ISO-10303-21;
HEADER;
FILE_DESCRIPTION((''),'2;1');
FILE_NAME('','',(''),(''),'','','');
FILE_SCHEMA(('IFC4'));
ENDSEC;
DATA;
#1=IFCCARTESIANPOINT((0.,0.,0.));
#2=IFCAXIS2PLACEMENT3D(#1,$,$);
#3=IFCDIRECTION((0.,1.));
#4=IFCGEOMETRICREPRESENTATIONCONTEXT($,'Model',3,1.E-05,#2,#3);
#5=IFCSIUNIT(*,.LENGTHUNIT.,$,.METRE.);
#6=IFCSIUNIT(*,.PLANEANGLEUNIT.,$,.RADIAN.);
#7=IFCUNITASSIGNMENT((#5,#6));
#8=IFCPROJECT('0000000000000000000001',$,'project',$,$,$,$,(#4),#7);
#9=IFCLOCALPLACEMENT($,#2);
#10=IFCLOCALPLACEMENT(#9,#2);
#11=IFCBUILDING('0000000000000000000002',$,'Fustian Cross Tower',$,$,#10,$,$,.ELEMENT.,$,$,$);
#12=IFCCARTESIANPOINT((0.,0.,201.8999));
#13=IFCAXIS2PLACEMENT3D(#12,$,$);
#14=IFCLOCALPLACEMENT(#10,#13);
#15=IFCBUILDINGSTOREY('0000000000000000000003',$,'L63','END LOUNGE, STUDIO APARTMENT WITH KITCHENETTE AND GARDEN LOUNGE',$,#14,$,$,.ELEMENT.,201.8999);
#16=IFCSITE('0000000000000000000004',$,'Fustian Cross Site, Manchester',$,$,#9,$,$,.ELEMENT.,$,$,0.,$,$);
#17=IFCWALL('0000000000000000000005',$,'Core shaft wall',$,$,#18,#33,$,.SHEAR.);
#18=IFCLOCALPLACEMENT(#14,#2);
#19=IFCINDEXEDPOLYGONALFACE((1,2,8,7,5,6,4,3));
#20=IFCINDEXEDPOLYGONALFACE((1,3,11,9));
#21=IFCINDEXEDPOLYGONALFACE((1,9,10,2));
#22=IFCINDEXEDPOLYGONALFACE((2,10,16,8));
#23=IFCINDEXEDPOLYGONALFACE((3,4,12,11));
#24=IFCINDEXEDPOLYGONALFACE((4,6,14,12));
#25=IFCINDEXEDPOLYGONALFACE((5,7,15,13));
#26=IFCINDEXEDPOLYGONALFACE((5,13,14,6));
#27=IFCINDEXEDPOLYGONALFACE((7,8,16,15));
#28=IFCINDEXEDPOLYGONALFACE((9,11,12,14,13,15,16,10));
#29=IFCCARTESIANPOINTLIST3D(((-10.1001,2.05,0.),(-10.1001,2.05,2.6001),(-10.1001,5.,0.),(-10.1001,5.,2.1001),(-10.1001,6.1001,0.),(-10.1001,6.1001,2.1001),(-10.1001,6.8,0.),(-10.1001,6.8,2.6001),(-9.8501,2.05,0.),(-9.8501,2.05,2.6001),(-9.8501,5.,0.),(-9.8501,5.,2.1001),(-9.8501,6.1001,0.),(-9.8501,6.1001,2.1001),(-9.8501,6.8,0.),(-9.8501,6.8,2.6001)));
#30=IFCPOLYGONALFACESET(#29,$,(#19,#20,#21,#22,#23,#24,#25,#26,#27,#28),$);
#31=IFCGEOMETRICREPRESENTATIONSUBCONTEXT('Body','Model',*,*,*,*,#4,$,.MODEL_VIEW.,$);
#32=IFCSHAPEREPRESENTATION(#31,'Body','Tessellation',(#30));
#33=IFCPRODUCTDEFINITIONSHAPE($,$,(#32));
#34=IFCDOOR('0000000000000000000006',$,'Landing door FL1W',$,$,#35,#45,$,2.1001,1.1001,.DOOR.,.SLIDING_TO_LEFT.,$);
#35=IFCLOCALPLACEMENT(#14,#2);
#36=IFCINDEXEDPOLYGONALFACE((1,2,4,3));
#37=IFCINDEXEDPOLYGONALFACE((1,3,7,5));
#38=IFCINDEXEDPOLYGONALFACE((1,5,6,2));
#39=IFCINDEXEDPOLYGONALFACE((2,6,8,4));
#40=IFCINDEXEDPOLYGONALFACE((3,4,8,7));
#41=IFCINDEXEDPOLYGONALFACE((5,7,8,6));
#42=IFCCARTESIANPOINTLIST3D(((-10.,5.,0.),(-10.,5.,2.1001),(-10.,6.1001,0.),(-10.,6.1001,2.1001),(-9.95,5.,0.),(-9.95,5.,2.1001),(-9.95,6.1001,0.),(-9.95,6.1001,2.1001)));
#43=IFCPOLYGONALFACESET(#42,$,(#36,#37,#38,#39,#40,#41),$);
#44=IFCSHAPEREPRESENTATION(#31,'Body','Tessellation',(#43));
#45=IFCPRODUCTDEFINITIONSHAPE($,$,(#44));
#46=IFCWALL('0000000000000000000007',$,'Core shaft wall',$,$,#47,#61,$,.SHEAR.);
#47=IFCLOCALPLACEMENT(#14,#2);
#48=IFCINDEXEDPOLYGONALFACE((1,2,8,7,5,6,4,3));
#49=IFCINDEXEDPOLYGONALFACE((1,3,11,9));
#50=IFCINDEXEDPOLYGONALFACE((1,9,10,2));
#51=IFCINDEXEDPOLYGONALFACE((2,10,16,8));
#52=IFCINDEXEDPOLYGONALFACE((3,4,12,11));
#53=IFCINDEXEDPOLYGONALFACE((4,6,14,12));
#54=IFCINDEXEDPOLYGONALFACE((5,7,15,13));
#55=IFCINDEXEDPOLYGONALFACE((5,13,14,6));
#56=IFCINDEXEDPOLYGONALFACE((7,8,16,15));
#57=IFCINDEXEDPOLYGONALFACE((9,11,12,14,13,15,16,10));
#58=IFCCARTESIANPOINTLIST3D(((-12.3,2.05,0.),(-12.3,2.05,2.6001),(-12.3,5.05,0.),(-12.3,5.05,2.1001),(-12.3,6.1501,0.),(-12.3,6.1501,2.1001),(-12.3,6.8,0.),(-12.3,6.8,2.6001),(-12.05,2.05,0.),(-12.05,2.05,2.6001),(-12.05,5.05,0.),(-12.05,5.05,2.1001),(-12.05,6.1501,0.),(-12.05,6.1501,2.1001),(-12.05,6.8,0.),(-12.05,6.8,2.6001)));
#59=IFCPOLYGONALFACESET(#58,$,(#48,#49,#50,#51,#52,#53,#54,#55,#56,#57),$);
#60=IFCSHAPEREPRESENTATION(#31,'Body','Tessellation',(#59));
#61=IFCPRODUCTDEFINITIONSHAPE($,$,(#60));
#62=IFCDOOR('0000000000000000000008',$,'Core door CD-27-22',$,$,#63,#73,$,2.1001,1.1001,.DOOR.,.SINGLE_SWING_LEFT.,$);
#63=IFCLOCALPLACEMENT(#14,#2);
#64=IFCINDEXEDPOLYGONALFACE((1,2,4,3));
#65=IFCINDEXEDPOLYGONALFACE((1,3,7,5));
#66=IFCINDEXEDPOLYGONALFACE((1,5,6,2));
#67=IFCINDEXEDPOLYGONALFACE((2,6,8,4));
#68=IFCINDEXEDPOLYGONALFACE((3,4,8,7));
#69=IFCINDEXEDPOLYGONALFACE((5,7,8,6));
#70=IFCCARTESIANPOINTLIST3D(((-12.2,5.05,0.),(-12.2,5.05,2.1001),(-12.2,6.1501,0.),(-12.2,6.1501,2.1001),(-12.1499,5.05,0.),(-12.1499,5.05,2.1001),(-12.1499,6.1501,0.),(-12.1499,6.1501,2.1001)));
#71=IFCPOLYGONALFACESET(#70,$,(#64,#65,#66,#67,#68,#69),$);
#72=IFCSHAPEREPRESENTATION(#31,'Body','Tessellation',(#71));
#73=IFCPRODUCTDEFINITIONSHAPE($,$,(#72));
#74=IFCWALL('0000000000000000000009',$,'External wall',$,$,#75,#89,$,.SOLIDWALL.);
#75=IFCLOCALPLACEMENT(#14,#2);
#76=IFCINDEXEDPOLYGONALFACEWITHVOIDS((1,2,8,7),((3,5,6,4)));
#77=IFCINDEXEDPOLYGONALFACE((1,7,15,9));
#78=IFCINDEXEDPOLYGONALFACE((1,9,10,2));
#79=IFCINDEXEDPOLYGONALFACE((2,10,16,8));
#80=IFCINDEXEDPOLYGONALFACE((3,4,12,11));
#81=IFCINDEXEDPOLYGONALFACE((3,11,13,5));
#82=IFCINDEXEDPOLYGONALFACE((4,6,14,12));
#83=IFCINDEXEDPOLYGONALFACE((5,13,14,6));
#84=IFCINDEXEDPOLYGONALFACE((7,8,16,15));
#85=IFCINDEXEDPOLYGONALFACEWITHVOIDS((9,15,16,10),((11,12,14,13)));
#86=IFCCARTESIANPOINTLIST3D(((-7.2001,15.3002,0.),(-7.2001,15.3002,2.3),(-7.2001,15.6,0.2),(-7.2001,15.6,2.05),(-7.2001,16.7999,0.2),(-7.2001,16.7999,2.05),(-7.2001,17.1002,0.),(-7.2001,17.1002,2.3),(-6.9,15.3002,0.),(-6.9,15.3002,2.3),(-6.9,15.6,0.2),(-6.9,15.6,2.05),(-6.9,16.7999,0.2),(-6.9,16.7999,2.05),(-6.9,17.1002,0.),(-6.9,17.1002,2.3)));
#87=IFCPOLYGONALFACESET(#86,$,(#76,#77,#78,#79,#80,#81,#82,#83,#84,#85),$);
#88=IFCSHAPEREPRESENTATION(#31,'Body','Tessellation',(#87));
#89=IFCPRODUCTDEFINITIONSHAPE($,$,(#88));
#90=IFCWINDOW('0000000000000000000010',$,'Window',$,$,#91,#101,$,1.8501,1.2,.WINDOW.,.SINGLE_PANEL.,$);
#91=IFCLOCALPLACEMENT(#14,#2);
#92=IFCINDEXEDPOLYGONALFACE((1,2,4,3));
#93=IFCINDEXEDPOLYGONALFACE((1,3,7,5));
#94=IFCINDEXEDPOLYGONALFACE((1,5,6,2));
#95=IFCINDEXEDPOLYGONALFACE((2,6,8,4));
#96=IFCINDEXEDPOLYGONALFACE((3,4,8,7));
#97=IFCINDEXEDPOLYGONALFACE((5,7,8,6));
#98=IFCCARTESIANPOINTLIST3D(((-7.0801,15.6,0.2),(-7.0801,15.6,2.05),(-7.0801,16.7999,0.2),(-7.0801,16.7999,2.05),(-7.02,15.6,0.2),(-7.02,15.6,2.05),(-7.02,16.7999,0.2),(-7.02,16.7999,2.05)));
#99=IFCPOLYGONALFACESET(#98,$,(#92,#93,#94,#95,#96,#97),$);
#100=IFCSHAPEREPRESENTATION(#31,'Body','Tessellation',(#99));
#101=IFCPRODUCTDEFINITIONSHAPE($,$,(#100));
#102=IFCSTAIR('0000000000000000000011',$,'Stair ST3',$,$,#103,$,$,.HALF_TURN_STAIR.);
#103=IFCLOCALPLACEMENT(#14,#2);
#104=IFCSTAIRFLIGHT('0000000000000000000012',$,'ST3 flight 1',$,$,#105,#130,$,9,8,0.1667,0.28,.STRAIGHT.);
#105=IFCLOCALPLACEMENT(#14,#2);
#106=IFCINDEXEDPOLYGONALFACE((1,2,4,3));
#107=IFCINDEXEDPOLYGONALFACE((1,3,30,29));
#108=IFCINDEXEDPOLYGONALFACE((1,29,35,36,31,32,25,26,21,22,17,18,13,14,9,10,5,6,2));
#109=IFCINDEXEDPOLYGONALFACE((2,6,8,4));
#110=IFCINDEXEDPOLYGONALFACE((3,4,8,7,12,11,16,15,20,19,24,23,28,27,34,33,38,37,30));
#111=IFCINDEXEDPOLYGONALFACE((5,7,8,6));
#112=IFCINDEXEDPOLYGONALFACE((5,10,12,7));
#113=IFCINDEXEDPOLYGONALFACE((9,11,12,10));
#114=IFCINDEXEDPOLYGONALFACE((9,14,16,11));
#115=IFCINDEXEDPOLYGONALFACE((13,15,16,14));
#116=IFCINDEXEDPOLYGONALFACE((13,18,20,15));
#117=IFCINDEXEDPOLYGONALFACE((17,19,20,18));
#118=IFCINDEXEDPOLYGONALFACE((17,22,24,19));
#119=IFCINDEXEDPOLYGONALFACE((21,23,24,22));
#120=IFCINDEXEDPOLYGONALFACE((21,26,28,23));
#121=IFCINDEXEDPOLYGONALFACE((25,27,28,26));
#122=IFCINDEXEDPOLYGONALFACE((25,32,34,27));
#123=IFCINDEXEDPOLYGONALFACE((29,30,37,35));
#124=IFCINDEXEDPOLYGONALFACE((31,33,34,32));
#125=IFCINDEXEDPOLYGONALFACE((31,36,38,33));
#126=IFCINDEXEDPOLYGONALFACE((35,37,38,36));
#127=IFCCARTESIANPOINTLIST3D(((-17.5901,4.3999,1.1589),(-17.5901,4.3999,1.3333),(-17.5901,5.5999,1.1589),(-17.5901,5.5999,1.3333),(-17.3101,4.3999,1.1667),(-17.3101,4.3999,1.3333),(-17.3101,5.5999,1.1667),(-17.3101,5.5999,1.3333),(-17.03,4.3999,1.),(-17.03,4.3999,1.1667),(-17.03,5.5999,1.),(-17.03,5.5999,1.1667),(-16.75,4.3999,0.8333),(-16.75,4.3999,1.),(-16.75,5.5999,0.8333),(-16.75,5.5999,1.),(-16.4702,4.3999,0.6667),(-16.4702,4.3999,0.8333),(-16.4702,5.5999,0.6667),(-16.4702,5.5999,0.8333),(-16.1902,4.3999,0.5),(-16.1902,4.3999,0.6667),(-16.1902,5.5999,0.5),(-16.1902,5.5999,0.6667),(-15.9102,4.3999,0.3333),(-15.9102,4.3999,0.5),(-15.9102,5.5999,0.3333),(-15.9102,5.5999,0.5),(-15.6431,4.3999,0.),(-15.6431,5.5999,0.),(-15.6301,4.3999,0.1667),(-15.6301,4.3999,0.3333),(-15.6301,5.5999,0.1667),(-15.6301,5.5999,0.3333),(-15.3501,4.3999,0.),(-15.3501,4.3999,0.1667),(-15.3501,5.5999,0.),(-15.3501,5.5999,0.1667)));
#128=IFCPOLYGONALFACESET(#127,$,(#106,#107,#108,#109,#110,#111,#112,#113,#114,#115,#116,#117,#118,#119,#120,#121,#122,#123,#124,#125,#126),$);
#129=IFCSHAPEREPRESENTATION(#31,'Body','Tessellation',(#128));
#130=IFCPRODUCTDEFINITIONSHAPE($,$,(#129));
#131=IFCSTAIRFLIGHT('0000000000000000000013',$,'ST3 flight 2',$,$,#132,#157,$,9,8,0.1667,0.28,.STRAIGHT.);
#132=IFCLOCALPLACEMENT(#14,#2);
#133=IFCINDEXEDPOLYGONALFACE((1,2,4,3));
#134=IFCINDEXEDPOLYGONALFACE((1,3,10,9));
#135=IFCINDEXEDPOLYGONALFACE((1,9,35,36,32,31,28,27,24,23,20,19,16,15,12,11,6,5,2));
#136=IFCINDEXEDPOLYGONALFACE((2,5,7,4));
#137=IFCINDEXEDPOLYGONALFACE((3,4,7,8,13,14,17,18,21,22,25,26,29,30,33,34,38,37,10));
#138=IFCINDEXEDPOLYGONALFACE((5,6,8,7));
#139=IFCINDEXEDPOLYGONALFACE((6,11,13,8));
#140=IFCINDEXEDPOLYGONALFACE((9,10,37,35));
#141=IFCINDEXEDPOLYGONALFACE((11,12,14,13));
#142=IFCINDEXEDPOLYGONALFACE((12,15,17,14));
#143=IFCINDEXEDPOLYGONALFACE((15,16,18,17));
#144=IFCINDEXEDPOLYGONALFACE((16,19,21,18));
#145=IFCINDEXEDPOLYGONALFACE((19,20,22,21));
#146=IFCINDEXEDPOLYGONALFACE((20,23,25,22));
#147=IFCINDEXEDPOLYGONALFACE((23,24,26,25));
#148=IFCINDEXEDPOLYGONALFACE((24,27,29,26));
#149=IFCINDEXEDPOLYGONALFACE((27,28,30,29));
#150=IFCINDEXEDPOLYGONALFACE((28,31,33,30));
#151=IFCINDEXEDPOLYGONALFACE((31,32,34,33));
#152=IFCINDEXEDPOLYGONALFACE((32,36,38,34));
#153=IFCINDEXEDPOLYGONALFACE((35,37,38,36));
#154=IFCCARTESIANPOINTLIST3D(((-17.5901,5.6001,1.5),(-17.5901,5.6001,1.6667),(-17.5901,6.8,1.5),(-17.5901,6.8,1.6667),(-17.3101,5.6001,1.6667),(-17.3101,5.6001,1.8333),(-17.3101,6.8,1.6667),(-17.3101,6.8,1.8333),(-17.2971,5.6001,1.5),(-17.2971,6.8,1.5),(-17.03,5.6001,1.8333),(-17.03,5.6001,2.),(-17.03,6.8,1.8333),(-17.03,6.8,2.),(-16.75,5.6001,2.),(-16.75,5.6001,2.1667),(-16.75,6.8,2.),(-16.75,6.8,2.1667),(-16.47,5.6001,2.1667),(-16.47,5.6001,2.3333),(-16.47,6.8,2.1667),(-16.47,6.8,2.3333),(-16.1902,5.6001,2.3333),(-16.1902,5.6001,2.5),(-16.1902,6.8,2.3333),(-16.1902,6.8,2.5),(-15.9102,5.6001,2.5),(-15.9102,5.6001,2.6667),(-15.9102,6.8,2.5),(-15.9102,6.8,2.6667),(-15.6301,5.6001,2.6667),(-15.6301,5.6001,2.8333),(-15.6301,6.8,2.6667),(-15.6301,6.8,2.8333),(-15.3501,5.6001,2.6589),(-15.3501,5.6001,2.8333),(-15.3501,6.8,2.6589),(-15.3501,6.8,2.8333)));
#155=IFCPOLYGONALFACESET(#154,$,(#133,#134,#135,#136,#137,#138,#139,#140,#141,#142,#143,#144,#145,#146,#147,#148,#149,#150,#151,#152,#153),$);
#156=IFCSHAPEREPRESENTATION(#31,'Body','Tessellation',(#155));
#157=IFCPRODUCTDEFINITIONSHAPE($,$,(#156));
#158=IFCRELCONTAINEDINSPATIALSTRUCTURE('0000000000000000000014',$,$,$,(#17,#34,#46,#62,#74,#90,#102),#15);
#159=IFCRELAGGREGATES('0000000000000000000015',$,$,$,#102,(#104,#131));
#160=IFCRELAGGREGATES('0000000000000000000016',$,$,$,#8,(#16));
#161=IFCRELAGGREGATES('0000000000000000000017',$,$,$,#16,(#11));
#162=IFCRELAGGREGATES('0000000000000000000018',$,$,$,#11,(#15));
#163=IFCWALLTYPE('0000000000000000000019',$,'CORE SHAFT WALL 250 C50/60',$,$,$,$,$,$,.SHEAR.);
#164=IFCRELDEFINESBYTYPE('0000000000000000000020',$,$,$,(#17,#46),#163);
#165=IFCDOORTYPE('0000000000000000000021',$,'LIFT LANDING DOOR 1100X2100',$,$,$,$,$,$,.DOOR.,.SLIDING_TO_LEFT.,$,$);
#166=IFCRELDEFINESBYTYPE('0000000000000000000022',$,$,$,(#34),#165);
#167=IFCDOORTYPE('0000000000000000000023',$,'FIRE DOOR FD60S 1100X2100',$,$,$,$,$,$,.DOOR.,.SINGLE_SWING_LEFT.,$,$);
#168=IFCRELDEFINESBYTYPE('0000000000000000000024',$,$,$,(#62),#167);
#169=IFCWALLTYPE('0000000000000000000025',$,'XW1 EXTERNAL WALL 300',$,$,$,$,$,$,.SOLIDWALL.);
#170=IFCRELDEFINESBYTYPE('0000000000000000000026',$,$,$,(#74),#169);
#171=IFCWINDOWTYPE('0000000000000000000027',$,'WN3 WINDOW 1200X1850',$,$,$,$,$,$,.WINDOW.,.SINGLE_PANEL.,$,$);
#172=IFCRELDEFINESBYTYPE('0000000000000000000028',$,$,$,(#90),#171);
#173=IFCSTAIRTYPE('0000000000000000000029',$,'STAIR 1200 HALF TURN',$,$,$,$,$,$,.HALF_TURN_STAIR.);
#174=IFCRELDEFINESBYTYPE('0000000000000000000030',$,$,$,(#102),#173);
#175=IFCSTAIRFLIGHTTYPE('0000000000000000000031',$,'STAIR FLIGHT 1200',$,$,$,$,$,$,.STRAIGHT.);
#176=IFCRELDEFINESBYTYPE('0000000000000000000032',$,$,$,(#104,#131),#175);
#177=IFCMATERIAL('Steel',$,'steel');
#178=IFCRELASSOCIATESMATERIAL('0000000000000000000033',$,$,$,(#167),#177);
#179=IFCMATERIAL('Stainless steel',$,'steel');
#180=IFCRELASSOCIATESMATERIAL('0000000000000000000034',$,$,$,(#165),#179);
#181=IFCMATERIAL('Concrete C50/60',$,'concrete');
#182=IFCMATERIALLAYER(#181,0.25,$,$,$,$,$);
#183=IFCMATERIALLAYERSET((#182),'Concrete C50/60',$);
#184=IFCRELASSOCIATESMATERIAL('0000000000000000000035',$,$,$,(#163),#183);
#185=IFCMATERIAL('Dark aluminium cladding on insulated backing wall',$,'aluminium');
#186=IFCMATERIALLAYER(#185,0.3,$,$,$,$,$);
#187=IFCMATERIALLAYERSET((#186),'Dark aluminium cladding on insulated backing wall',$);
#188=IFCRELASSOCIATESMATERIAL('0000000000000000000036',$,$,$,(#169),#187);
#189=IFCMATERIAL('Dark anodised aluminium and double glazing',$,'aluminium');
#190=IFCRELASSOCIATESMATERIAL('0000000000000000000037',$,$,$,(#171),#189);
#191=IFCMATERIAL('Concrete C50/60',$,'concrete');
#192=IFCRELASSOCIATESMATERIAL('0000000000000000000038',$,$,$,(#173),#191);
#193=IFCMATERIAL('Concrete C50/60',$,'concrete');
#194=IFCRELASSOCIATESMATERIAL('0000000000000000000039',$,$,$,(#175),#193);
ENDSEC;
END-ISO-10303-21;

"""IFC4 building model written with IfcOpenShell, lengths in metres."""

from ifc_helpers import new_model, si_unit, direction, frame, frame_2d, origin, place, context, subcontext, project, spatial, polyline, rectangle, outline, extrude, material, layer, layer_set, type_object, element, fill, aggregate, save


model = new_model("IFC4")

# Units and contexts
model_context = context("Model", 3, precision=1e-05, world=origin(), true_north=direction((0.0, 1.0)))
body_context = subcontext(model_context, "Body", "Model", "MODEL_VIEW")
ifc_project = project(units=[si_unit("LENGTHUNIT", "METRE"), si_unit("PLANEANGLEUNIT", "RADIAN")], contexts=[model_context])

# Site, building, storey
site_placement = place(None, origin())
site = spatial("IfcSite", under=ifc_project, at=site_placement, Name="Fustian Cross Site, Manchester", CompositionType="ELEMENT", RefElevation=0.0)
building_placement = place(site_placement, origin())
building = spatial("IfcBuilding", under=site, at=building_placement, Name="Fustian Cross Tower", CompositionType="ELEMENT")
storey_placement = place(building_placement, frame((0.0, 0.0, 201.8999)))
storey = spatial("IfcBuildingStorey", under=building, at=storey_placement, Name="L63", Description="END LOUNGE, STUDIO APARTMENT WITH KITCHENETTE AND GARDEN LOUNGE", CompositionType="ELEMENT", Elevation=201.8999)

# Shared definitions
ifc_material_1 = material(Name="Steel", Category="steel")
door_type_1 = type_object("IfcDoorType", Name="FIRE DOOR FD60S 1100X2100", OperationType="SINGLE_SWING_LEFT", PredefinedType="DOOR", material=ifc_material_1)
ifc_material_2 = material(Name="Stainless steel", Category="steel")
door_type_2 = type_object("IfcDoorType", Name="LIFT LANDING DOOR 1100X2100", OperationType="SLIDING_TO_LEFT", PredefinedType="DOOR", material=ifc_material_2)

# Shared definitions
ifc_material_3 = material(Name="Concrete C50/60", Category="concrete")
ifc_layer_1 = layer(ifc_material_3, 0.25)
ifc_layer_set_1 = layer_set([ifc_layer_1], Name="Concrete C50/60")
wall_type_1 = type_object("IfcWallType", Name="CORE SHAFT WALL 250 C50/60", PredefinedType="SHEAR", material=ifc_layer_set_1)

# Walls, openings, doors
wall_1_placement = place(storey_placement, frame((-9.9751, 2.05, 0.0), z_axis=(0.0, 0.0, 1.0), x_axis=(0.0, 1.0, 0.0)))
wall_1 = element("IfcWall", 1, at=wall_1_placement, inside=storey, type_object=wall_type_1, Name="Core shaft wall", PredefinedType="SHEAR", context=body_context, shape_type="SweptSolid", body=[
    extrude(rectangle(XDim=4.75, YDim=0.25, at=frame_2d((2.375, 0.0))), origin(), (0.0, 0.0, 1.0), 2.6001),
])
opening_1_placement = place(wall_1_placement, frame((2.95, 0.0, 0.0)))
opening_1 = element("IfcOpeningElement", 2, at=opening_1_placement, cuts=wall_1, PredefinedType="OPENING", context=body_context, shape_type="SweptSolid", body=[
    extrude(rectangle(XDim=1.1001, YDim=2.1001, at=frame_2d((0.55, 1.05))), frame((0.0, 0.135, 0.0), z_axis=(0.0, -1.0, 0.0), x_axis=(1.0, 0.0, 0.0)), (0.0, 0.0, 1.0), 0.27),
])
door_1_placement = place(opening_1_placement, origin())
door_1 = element("IfcDoor", 3, at=door_1_placement, inside=storey, type_object=door_type_2, Name="Landing door FL1W", OperationType="SLIDING_TO_LEFT", OverallHeight=2.1001, OverallWidth=1.1001, PredefinedType="DOOR", context=body_context, shape_type="SweptSolid", body=[
    extrude(rectangle(XDim=1.1001, YDim=2.1001, at=frame_2d((0.55, 1.05))), frame((0.0, 0.0249, 0.0), z_axis=(0.0, -1.0, 0.0), x_axis=(1.0, 0.0, 0.0)), (0.0, 0.0, 1.0), 0.05),
])
fill(opening_1, door_1)
wall_2_placement = place(storey_placement, frame((-12.175, 2.05, 0.0), z_axis=(0.0, 0.0, 1.0), x_axis=(0.0, 1.0, 0.0)))
wall_2 = element("IfcWall", 4, at=wall_2_placement, inside=storey, type_object=wall_type_1, Name="Core shaft wall", PredefinedType="SHEAR", context=body_context, shape_type="SweptSolid", body=[
    extrude(rectangle(XDim=4.75, YDim=0.25, at=frame_2d((2.375, 0.0))), origin(), (0.0, 0.0, 1.0), 2.6001),
])
opening_2_placement = place(wall_2_placement, frame((3.0, 0.0, 0.0)))
opening_2 = element("IfcOpeningElement", 5, at=opening_2_placement, cuts=wall_2, PredefinedType="OPENING", context=body_context, shape_type="SweptSolid", body=[
    extrude(rectangle(XDim=1.1001, YDim=2.1001, at=frame_2d((0.55, 1.05))), frame((0.0, 0.135, 0.0), z_axis=(0.0, -1.0, 0.0), x_axis=(1.0, 0.0, 0.0)), (0.0, 0.0, 1.0), 0.27),
])
door_2_placement = place(opening_2_placement, origin())
door_2 = element("IfcDoor", 6, at=door_2_placement, inside=storey, type_object=door_type_1, Name="Core door CD-27-22", OperationType="SINGLE_SWING_LEFT", OverallHeight=2.1001, OverallWidth=1.1001, PredefinedType="DOOR", context=body_context, shape_type="SweptSolid", body=[
    extrude(rectangle(XDim=1.1001, YDim=2.1001, at=frame_2d((0.55, 1.05))), frame((0.0, 0.0249, 0.0), z_axis=(0.0, -1.0, 0.0), x_axis=(1.0, 0.0, 0.0)), (0.0, 0.0, 1.0), 0.05),
])
fill(opening_2, door_2)

# Wall, opening, window
ifc_material_4 = material(Name="Dark aluminium cladding on insulated backing wall", Category="aluminium")
ifc_layer_2 = layer(ifc_material_4, 0.3)
ifc_layer_set_2 = layer_set([ifc_layer_2], Name="Dark aluminium cladding on insulated backing wall")
wall_type_2 = type_object("IfcWallType", Name="XW1 EXTERNAL WALL 300", PredefinedType="SOLIDWALL", material=ifc_layer_set_2)
wall_3_placement = place(storey_placement, frame((-7.05, 17.1001, 0.0), z_axis=(0.0, 0.0, 1.0), x_axis=(0.0, -1.0, 0.0)))
wall_3 = element("IfcWall", 7, at=wall_3_placement, inside=storey, type_object=wall_type_2, Name="External wall", PredefinedType="SOLIDWALL", context=body_context, shape_type="SweptSolid", body=[
    extrude(rectangle(XDim=1.8, YDim=0.3, at=frame_2d((0.8999, 0.0))), origin(), (0.0, 0.0, 1.0), 2.3),
])
opening_3_placement = place(wall_3_placement, frame((0.3, 0.0, 0.2)))
opening_3 = element("IfcOpeningElement", 8, at=opening_3_placement, cuts=wall_3, PredefinedType="OPENING", context=body_context, shape_type="SweptSolid", body=[
    extrude(rectangle(XDim=1.2, YDim=1.8501, at=frame_2d((0.6001, 0.925))), frame((0.0, 0.1599, 0.0), z_axis=(0.0, -1.0, 0.0), x_axis=(1.0, 0.0, 0.0)), (0.0, 0.0, 1.0), 0.3201),
])
ifc_material_5 = material(Name="Dark anodised aluminium and double glazing", Category="aluminium")
window_type = type_object("IfcWindowType", Name="WN3 WINDOW 1200X1850", PartitioningType="SINGLE_PANEL", PredefinedType="WINDOW", material=ifc_material_5)
window_placement = place(opening_3_placement, origin())
window = element("IfcWindow", 9, at=window_placement, inside=storey, type_object=window_type, Name="Window", OverallHeight=1.8501, OverallWidth=1.2, PartitioningType="SINGLE_PANEL", PredefinedType="WINDOW", context=body_context, shape_type="SweptSolid", body=[
    extrude(rectangle(XDim=1.2, YDim=1.8501, at=frame_2d((0.6001, 0.925))), frame((0.0, 0.03, 0.0), z_axis=(0.0, -1.0, 0.0), x_axis=(1.0, 0.0, 0.0)), (0.0, 0.0, 1.0), 0.0601),
])
fill(opening_3, window)

# Stair, stair flights
ifc_material_6 = material(Name="Concrete C50/60", Category="concrete")
stair_type = type_object("IfcStairType", Name="STAIR 1200 HALF TURN", PredefinedType="HALF_TURN_STAIR", material=ifc_material_6)
stair_placement = place(storey_placement, origin())
stair = element("IfcStair", 10, at=stair_placement, inside=storey, type_object=stair_type, Name="Stair ST3", PredefinedType="HALF_TURN_STAIR")
ifc_material_7 = material(Name="Concrete C50/60", Category="concrete")
stair_flight_type = type_object("IfcStairFlightType", Name="STAIR FLIGHT 1200", PredefinedType="STRAIGHT", material=ifc_material_7)
stair_flight_1_placement = place(storey_placement, frame((-15.3501, 5.0, 0.0), z_axis=(0.0, 0.0, 1.0), x_axis=(-1.0, 0.0, 0.0)))
stair_flight_1 = element("IfcStairFlight", 11, at=stair_flight_1_placement, type_object=stair_flight_type, Name="ST3 flight 1", NumberOfRisers=9, NumberOfTreads=8, PredefinedType="STRAIGHT", RiserHeight=0.1667, TreadLength=0.28, context=body_context, shape_type="SweptSolid", body=[
    extrude(outline(polyline([(0.0, 0.0), (0.0, 0.1667), (0.28, 0.1667), (0.28, 0.3333), (0.5601, 0.3333), (0.5601, 0.5), (0.8401, 0.5), (0.8401, 0.6667), (1.1201, 0.6667), (1.1201, 0.8333), (1.3999, 0.8333), (1.3999, 1.0), (1.6799, 1.0), (1.6799, 1.1667), (1.96, 1.1667), (1.96, 1.3333), (2.24, 1.3333), (2.24, 1.5), (2.24, 1.1589), (0.293, 0.0), (0.0, 0.0)])), frame((0.0, 0.6001, 0.0), z_axis=(0.0, -1.0, 0.0), x_axis=(1.0, 0.0, 0.0)), (0.0, 0.0, 1.0), 1.2),
])
stair_flight_2_placement = place(storey_placement, frame((-17.5901, 6.2, 1.5), z_axis=(0.0, 0.0, 1.0), x_axis=(1.0, 0.0, 0.0)))
stair_flight_2 = element("IfcStairFlight", 12, at=stair_flight_2_placement, type_object=stair_flight_type, Name="ST3 flight 2", NumberOfRisers=9, NumberOfTreads=8, PredefinedType="STRAIGHT", RiserHeight=0.1667, TreadLength=0.28, context=body_context, shape_type="SweptSolid", body=[
    extrude(outline(polyline([(0.0, 0.0), (0.0, 0.1667), (0.28, 0.1667), (0.28, 0.3333), (0.5601, 0.3333), (0.5601, 0.5), (0.8401, 0.5), (0.8401, 0.6667), (1.1201, 0.6667), (1.1201, 0.8333), (1.3999, 0.8333), (1.3999, 1.0), (1.6799, 1.0), (1.6799, 1.1667), (1.96, 1.1667), (1.96, 1.3333), (2.24, 1.3333), (2.24, 1.5), (2.24, 1.1589), (0.293, 0.0), (0.0, 0.0)])), frame((0.0, 0.6001, 0.0), z_axis=(0.0, -1.0, 0.0), x_axis=(1.0, 0.0, 0.0)), (0.0, 0.0, 1.0), 1.2),
])
aggregate(stair, [stair_flight_1, stair_flight_2])

save(model, "model.ifc")
